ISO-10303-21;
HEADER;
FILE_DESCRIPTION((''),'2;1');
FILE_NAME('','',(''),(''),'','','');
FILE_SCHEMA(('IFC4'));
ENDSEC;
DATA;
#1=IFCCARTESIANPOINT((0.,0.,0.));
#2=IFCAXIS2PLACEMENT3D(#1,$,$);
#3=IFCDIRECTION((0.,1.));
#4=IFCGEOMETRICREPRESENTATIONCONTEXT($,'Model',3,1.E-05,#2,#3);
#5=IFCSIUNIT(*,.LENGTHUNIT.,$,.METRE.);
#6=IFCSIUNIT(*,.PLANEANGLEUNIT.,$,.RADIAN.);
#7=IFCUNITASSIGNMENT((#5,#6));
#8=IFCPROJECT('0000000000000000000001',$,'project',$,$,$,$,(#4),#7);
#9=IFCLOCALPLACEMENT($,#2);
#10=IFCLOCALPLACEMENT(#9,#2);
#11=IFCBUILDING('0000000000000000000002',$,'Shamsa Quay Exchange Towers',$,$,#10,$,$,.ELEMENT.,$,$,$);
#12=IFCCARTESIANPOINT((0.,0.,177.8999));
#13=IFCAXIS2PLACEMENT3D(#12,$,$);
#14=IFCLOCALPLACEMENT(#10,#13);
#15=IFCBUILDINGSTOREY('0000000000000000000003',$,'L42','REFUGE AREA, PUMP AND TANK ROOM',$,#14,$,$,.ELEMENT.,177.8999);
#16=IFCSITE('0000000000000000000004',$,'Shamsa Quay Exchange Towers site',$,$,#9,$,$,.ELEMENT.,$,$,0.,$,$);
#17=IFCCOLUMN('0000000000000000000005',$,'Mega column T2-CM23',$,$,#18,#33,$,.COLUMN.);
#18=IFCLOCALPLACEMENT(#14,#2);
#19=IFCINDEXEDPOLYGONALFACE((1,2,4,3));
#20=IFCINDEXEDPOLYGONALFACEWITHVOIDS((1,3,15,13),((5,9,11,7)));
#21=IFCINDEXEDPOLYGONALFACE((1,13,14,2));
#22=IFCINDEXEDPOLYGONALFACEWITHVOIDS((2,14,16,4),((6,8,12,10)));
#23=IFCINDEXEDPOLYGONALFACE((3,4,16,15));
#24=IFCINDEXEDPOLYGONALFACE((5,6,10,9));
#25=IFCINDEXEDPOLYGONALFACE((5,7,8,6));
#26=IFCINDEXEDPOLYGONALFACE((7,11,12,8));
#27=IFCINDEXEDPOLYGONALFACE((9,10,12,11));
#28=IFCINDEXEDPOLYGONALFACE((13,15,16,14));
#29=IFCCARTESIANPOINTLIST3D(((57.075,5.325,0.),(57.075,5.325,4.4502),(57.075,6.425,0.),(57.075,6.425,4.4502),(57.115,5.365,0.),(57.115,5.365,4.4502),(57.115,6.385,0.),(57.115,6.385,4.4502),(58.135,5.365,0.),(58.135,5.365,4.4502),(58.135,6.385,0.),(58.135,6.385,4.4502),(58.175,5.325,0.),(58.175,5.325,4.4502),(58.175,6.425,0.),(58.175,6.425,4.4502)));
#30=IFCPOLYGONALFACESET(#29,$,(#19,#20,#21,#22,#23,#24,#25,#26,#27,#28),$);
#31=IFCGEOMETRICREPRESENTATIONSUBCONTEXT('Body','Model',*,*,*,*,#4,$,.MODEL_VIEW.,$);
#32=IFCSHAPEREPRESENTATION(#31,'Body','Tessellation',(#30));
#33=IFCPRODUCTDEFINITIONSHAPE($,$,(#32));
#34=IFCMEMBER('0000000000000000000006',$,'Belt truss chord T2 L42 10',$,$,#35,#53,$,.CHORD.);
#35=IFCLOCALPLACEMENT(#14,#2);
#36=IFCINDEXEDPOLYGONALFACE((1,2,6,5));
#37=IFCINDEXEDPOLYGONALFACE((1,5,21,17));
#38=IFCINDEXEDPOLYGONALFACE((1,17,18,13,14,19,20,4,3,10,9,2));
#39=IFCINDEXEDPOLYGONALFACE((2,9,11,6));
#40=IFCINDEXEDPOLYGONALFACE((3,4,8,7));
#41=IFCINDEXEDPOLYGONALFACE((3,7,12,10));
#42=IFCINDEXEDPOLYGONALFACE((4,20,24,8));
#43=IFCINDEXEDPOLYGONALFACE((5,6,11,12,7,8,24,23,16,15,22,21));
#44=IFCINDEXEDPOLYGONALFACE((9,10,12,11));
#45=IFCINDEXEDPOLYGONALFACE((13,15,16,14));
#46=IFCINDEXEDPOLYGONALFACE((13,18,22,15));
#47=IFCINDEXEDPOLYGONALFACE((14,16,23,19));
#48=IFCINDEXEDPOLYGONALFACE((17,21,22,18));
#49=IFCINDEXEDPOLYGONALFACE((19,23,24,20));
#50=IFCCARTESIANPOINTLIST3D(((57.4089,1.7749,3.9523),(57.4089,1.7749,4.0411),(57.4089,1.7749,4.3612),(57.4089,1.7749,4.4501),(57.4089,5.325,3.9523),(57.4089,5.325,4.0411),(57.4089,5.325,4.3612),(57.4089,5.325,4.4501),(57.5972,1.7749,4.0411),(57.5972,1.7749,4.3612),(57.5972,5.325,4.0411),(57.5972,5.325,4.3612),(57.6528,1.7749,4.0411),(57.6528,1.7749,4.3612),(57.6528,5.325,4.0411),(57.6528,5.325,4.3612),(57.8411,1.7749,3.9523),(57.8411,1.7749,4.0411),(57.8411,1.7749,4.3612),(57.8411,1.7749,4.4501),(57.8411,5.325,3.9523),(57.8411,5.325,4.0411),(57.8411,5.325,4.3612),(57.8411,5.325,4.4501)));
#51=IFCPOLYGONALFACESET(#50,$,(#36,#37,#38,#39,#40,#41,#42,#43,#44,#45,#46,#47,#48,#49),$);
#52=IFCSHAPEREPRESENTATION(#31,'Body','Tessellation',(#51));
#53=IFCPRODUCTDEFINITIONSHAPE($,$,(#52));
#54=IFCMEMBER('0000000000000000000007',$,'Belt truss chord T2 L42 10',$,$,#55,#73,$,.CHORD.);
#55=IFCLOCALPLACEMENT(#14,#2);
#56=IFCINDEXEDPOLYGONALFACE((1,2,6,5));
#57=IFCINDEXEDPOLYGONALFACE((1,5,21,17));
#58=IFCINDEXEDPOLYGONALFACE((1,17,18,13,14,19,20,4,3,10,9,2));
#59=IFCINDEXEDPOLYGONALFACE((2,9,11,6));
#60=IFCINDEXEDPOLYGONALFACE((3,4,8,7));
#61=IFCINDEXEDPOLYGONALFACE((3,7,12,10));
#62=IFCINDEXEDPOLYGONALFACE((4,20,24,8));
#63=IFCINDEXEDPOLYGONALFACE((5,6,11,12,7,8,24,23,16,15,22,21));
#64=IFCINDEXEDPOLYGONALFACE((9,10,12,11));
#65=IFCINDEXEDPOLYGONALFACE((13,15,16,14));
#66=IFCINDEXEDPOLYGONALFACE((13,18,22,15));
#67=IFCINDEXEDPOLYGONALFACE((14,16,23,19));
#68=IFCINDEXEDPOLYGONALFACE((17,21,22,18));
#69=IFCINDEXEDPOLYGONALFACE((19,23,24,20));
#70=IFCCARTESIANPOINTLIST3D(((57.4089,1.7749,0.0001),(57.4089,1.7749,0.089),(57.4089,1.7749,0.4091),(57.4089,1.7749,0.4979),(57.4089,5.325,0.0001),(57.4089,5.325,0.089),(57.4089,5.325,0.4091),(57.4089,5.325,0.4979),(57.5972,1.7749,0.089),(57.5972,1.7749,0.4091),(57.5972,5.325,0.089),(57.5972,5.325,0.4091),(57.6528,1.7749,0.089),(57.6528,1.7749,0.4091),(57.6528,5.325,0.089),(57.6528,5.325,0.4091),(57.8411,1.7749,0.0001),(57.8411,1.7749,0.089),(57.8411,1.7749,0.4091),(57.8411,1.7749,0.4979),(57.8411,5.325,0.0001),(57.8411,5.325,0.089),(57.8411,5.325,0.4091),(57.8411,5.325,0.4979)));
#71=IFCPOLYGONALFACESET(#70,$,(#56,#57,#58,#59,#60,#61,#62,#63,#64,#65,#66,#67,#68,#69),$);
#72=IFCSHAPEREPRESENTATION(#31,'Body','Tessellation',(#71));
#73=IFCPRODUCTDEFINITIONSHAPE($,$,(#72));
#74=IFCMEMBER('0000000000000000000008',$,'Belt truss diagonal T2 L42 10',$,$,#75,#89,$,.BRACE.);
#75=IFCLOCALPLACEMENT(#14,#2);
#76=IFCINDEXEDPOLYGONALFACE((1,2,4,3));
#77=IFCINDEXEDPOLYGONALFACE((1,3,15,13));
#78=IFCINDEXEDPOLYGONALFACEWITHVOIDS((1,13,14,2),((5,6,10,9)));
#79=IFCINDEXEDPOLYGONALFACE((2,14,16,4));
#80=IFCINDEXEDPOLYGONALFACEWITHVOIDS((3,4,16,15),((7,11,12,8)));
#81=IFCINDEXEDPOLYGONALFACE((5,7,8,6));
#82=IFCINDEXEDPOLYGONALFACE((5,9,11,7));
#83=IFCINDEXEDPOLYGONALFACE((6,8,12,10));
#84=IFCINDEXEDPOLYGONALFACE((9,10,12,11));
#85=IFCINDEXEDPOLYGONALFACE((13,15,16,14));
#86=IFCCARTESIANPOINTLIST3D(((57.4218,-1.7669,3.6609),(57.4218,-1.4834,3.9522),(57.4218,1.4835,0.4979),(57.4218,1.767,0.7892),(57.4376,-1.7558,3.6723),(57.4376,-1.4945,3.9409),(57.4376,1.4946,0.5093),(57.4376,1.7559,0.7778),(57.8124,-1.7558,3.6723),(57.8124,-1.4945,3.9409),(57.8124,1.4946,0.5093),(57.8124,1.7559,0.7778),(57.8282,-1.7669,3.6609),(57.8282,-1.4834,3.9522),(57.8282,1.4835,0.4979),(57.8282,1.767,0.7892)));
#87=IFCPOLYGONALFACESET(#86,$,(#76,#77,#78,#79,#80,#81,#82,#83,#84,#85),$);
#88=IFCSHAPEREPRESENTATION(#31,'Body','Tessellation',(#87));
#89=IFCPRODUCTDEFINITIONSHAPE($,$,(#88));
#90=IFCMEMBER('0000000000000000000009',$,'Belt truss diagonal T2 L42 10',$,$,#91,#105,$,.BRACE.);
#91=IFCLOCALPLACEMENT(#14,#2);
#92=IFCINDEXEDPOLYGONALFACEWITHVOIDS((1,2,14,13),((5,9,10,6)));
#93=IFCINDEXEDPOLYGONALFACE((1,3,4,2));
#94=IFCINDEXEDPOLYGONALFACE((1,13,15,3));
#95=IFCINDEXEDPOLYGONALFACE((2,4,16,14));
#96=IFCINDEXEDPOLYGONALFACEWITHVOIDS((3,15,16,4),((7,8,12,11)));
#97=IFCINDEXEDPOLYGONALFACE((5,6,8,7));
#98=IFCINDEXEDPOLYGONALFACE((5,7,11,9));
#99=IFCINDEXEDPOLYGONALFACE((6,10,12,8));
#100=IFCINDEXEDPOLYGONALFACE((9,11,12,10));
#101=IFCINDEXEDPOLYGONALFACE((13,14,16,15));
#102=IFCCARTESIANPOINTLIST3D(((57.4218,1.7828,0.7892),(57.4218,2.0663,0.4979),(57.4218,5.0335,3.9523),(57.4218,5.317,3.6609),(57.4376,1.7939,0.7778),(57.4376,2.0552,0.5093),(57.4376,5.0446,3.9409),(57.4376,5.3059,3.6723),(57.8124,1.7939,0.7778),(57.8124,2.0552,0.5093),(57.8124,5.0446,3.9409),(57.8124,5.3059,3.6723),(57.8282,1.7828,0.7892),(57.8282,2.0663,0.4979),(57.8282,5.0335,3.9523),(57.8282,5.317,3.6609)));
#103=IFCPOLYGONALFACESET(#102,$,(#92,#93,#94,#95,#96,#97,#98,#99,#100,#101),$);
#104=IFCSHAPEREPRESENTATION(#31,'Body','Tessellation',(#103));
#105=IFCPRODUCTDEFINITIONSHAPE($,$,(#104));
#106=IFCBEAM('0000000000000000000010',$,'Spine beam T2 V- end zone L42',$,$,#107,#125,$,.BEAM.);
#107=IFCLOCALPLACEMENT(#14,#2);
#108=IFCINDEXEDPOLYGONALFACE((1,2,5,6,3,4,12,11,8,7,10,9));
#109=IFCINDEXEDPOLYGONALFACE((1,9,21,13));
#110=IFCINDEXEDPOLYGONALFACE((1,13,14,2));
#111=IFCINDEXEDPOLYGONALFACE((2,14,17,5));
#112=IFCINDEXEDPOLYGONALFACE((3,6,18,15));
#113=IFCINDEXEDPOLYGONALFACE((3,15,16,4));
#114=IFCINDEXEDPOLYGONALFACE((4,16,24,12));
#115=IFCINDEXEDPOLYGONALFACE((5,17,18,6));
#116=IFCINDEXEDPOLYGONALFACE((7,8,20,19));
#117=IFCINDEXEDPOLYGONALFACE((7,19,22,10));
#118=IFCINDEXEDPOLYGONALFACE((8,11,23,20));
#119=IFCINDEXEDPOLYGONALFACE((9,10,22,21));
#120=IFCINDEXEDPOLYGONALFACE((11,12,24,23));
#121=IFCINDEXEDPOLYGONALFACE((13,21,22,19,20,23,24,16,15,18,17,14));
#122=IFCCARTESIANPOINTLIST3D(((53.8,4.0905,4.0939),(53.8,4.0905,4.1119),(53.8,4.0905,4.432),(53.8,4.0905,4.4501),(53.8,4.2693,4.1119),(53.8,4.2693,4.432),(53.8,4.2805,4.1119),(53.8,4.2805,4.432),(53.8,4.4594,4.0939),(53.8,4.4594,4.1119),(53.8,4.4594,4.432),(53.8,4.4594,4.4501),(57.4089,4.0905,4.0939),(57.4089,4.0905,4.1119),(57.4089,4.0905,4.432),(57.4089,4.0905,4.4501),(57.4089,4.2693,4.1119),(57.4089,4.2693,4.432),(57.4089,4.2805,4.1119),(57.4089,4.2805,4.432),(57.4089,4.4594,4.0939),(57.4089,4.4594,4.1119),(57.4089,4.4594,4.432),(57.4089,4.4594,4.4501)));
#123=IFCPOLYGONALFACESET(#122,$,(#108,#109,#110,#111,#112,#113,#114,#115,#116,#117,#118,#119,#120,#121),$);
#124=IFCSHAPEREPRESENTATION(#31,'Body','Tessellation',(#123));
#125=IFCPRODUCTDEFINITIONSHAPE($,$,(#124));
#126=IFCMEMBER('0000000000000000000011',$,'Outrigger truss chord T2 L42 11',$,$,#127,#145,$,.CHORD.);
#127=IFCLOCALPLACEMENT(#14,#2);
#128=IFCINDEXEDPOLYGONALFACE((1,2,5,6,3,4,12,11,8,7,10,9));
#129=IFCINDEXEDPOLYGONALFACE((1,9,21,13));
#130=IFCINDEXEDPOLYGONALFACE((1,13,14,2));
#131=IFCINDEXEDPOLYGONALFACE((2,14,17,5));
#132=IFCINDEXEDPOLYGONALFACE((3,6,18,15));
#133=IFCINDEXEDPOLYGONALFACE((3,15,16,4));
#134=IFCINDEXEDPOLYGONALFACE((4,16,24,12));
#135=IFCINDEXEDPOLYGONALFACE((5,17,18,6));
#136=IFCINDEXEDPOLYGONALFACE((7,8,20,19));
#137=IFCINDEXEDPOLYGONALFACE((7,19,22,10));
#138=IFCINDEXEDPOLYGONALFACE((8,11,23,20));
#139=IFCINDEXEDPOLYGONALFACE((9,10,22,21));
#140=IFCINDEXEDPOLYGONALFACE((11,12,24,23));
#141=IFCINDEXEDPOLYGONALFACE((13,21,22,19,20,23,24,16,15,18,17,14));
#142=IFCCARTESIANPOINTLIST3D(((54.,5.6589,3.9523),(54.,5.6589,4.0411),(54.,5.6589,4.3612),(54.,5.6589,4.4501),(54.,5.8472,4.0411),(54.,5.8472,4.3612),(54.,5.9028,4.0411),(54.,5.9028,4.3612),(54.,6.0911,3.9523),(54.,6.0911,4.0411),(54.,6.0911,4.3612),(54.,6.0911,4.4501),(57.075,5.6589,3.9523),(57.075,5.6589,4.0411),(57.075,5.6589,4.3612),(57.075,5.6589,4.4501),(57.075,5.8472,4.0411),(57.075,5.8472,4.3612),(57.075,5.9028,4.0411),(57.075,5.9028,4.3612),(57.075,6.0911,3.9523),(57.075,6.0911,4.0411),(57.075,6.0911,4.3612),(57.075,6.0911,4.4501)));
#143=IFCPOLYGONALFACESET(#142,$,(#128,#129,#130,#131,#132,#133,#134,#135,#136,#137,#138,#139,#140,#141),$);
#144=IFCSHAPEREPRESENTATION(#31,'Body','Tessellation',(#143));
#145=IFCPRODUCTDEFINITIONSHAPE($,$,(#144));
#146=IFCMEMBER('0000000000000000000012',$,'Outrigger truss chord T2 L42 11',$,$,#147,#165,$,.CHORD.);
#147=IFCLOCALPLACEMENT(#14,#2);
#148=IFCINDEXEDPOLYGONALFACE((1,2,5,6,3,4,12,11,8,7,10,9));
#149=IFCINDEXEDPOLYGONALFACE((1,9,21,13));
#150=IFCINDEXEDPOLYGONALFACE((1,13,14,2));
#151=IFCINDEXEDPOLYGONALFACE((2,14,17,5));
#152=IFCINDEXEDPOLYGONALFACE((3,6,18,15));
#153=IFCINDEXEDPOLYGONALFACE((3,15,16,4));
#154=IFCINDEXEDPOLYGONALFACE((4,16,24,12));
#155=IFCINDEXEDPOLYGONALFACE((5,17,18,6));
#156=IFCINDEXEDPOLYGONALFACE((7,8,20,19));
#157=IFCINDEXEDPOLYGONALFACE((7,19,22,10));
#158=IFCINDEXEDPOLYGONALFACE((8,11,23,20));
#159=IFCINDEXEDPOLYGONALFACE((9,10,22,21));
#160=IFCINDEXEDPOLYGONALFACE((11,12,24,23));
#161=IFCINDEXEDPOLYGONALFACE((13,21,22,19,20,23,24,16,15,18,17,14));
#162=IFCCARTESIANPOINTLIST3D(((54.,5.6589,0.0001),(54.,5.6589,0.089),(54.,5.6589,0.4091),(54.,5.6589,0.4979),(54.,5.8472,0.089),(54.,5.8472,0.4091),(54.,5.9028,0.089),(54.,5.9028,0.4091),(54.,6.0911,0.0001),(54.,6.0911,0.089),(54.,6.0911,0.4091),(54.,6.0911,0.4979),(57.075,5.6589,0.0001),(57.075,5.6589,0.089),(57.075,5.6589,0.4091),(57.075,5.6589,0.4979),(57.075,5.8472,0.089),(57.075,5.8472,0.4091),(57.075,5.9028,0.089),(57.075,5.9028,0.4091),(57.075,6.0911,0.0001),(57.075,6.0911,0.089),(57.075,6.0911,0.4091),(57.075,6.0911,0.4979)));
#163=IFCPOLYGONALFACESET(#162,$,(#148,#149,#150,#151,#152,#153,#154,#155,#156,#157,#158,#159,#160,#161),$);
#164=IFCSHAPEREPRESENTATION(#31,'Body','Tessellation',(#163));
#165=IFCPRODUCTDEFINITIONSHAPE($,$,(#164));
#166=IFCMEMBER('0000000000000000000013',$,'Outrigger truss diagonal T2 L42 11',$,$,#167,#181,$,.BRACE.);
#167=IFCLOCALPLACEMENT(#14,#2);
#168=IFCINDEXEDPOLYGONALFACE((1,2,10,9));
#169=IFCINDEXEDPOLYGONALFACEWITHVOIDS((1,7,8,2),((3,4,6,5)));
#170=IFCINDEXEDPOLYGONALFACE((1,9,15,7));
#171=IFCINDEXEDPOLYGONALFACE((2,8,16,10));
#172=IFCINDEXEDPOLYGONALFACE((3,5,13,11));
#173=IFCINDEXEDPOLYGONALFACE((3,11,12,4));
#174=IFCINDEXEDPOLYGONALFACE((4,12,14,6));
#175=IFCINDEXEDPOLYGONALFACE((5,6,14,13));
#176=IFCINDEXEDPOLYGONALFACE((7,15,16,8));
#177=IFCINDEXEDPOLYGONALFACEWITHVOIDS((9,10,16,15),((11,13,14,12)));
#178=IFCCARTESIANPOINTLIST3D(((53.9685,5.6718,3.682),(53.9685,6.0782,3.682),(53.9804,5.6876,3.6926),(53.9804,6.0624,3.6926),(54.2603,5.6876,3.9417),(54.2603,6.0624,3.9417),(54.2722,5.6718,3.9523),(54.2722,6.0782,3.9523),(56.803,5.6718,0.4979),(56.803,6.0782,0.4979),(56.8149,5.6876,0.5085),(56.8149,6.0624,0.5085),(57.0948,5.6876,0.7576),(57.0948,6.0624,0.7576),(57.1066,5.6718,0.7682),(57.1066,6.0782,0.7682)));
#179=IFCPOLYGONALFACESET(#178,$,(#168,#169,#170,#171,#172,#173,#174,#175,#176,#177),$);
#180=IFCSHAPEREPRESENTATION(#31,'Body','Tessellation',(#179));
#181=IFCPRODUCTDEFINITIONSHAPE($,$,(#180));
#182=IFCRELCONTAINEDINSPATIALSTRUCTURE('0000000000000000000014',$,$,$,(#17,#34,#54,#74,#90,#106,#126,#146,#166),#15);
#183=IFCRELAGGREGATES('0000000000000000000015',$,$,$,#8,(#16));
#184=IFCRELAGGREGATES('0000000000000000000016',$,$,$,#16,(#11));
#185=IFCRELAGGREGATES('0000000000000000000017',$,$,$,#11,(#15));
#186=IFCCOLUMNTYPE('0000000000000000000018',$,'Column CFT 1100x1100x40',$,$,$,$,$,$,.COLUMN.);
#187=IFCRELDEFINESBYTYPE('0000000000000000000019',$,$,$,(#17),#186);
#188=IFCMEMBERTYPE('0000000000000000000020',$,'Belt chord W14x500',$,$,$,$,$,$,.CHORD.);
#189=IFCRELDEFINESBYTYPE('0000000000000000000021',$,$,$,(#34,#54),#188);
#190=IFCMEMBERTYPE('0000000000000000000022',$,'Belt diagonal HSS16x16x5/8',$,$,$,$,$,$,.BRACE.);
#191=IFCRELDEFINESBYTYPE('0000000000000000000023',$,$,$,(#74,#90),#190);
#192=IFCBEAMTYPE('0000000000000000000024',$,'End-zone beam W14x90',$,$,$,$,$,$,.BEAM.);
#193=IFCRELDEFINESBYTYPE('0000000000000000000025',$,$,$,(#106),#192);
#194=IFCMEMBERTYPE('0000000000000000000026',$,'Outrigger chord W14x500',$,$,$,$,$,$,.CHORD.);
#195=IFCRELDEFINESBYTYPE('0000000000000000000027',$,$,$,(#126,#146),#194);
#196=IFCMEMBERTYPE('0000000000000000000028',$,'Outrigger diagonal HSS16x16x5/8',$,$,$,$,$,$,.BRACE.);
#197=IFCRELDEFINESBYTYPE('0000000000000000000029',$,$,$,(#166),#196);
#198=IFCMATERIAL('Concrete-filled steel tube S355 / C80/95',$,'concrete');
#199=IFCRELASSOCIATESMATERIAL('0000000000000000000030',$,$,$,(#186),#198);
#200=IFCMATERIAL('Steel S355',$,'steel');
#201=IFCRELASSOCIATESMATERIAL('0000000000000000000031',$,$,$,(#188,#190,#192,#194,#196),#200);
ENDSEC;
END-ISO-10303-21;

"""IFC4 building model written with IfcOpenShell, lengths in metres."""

from ifc_helpers import new_model, si_unit, direction, frame, origin, origin_2d, place, context, subcontext, project, spatial, hollow_rectangle, i_section, extrude, material, material_profile, profile_set, type_object, element, save


model = new_model("IFC4")

# Units and contexts
model_context = context("Model", 3, precision=1e-05, world=origin(), true_north=direction((0.0, 1.0)))
body_context = subcontext(model_context, "Body", "Model", "MODEL_VIEW")
ifc_project = project(units=[si_unit("LENGTHUNIT", "METRE"), si_unit("PLANEANGLEUNIT", "RADIAN")], contexts=[model_context])

# Site, building, storey
site_placement = place(None, origin())
site = spatial("IfcSite", under=ifc_project, at=site_placement, Name="Shamsa Quay Exchange Towers site", CompositionType="ELEMENT", RefElevation=0.0)
building_placement = place(site_placement, origin())
building = spatial("IfcBuilding", under=site, at=building_placement, Name="Shamsa Quay Exchange Towers", CompositionType="ELEMENT")
storey_placement = place(building_placement, frame((0.0, 0.0, 177.8999)))
storey = spatial("IfcBuildingStorey", under=building, at=storey_placement, Name="L42", Description="REFUGE AREA, PUMP AND TANK ROOM", CompositionType="ELEMENT", Elevation=177.8999)

# Column
ifc_material_1 = material(Name="Concrete-filled steel tube S355 / C80/95", Category="concrete")
ifc_material_profile_1 = material_profile(ifc_material_1, hollow_rectangle(XDim=1.1001, YDim=1.1001, WallThickness=0.04, at=origin_2d()), Name="CFT 1100x1100x40")
ifc_profile_set_1 = profile_set([ifc_material_profile_1], Name="Concrete-filled steel tube S355 / C80/95")
column_type = type_object("IfcColumnType", Name="Column CFT 1100x1100x40", PredefinedType="COLUMN", material=ifc_profile_set_1)
column_placement = place(storey_placement, frame((57.625, 5.875, 0.0)))
element("IfcColumn", 1, at=column_placement, inside=storey, type_object=column_type, Name="Mega column T2-CM23", PredefinedType="COLUMN", context=body_context, shape_type="SweptSolid", body=[
    extrude(hollow_rectangle(XDim=1.1001, YDim=1.1001, WallThickness=0.04, at=origin_2d()), origin(), (0.0, 0.0, 1.0), 4.4502),
])

# Members
ifc_material_2 = material(Name="Steel S355", Category="steel")
ifc_material_profile_2 = material_profile(ifc_material_2, i_section(OverallWidth=0.4321, OverallDepth=0.4978, WebThickness=0.0557, FlangeThickness=0.0889, at=origin_2d()), Name="W14x500")
ifc_profile_set_2 = profile_set([ifc_material_profile_2], Name="Steel S355")
member_type_1 = type_object("IfcMemberType", Name="Belt chord W14x500", PredefinedType="CHORD", material=ifc_profile_set_2)
for number, where, z_axis, x_axis, name in (
    (2, (57.625, 1.7749, 4.2012), (0.0, 1.0, 0.0), (-1.0, 0.0, 0.0), "Belt truss chord T2 L42 10"),
    (3, (57.625, 1.7749, 0.249), (0.0, 1.0, 0.0), (-1.0, 0.0, 0.0), "Belt truss chord T2 L42 10"),
):
    element("IfcMember", number, at=place(storey_placement, frame(where, z_axis=z_axis, x_axis=x_axis)), inside=storey, type_object=member_type_1, Name=name, PredefinedType="CHORD", context=body_context, shape_type="SweptSolid", body=[
        extrude(i_section(OverallWidth=0.4321, OverallDepth=0.4978, WebThickness=0.0557, FlangeThickness=0.0889, at=origin_2d()), origin(), (0.0, 0.0, 1.0), 3.55),
    ])
ifc_material_profile_3 = material_profile(ifc_material_2, hollow_rectangle(XDim=0.4065, YDim=0.4065, WallThickness=0.0159, at=origin_2d()), Name="HSS16x16x5/8")
ifc_profile_set_3 = profile_set([ifc_material_profile_3], Name="Steel S355")
member_type_2 = type_object("IfcMemberType", Name="Belt diagonal HSS16x16x5/8", PredefinedType="BRACE", material=ifc_profile_set_3)
member_1_placement = place(storey_placement, frame((57.625, 1.6252, 0.6436), z_axis=(0.0, -0.716676, 0.697406), x_axis=(1.0, 0.0, 0.0)))
element("IfcMember", 4, at=member_1_placement, inside=storey, type_object=member_type_2, Name="Belt truss diagonal T2 L42 10", PredefinedType="BRACE", context=body_context, shape_type="SweptSolid", body=[
    extrude(hollow_rectangle(XDim=0.4065, YDim=0.4065, WallThickness=0.0159, at=origin_2d()), origin(), (0.0, 0.0, 1.0), 4.5354),
])
member_2_placement = place(storey_placement, frame((57.625, 1.9246, 0.6436), z_axis=(0.0, 0.716703, 0.697379), x_axis=(-1.0, 0.0, 0.0)))
element("IfcMember", 5, at=member_2_placement, inside=storey, type_object=member_type_2, Name="Belt truss diagonal T2 L42 10", PredefinedType="BRACE", context=body_context, shape_type="SweptSolid", body=[
    extrude(hollow_rectangle(XDim=0.4065, YDim=0.4065, WallThickness=0.0159, at=origin_2d()), origin(), (0.0, 0.0, 1.0), 4.5356),
])

# Beam
ifc_material_profile_4 = material_profile(ifc_material_2, i_section(OverallWidth=0.3689, OverallDepth=0.3562, WebThickness=0.0112, FlangeThickness=0.0181, at=origin_2d()), Name="W14x90")
ifc_profile_set_4 = profile_set([ifc_material_profile_4], Name="Steel S355")
beam_type = type_object("IfcBeamType", Name="End-zone beam W14x90", PredefinedType="BEAM", material=ifc_profile_set_4)
beam_placement = place(storey_placement, frame((53.8, 4.2749, 4.272), z_axis=(1.0, 0.0, 0.0), x_axis=(0.0, 1.0, 0.0)))
element("IfcBeam", 6, at=beam_placement, inside=storey, type_object=beam_type, Name="Spine beam T2 V- end zone L42", PredefinedType="BEAM", context=body_context, shape_type="SweptSolid", body=[
    extrude(i_section(OverallWidth=0.3689, OverallDepth=0.3562, WebThickness=0.0112, FlangeThickness=0.0181, at=origin_2d()), origin(), (0.0, 0.0, 1.0), 3.6089),
])

# Members
ifc_material_profile_5 = material_profile(ifc_material_2, i_section(OverallWidth=0.4321, OverallDepth=0.4978, WebThickness=0.0557, FlangeThickness=0.0889, at=origin_2d()), Name="W14x500")
ifc_profile_set_5 = profile_set([ifc_material_profile_5], Name="Steel S355")
member_type_3 = type_object("IfcMemberType", Name="Outrigger chord W14x500", PredefinedType="CHORD", material=ifc_profile_set_5)
for number, where, z_axis, x_axis, name in (
    (7, (57.075, 5.875, 4.2012), (-1.0, 0.0, 0.0), (0.0, -1.0, 0.0), "Outrigger truss chord T2 L42 11"),
    (8, (57.075, 5.875, 0.249), (-1.0, 0.0, 0.0), (0.0, -1.0, 0.0), "Outrigger truss chord T2 L42 11"),
):
    element("IfcMember", number, at=place(storey_placement, frame(where, z_axis=z_axis, x_axis=x_axis)), inside=storey, type_object=member_type_3, Name=name, PredefinedType="CHORD", context=body_context, shape_type="SweptSolid", body=[
        extrude(i_section(OverallWidth=0.4321, OverallDepth=0.4978, WebThickness=0.0557, FlangeThickness=0.0889, at=origin_2d()), origin(), (0.0, 0.0, 1.0), 3.075),
    ])
ifc_material_profile_6 = material_profile(ifc_material_2, hollow_rectangle(XDim=0.4065, YDim=0.4065, WallThickness=0.0159, at=origin_2d()), Name="HSS16x16x5/8")
ifc_profile_set_6 = profile_set([ifc_material_profile_6], Name="Steel S355")
member_type_4 = type_object("IfcMemberType", Name="Outrigger diagonal HSS16x16x5/8", PredefinedType="BRACE", material=ifc_profile_set_6)
member_3_placement = place(storey_placement, frame((56.9548, 5.875, 0.6331), z_axis=(-0.664911, 0.0, 0.746923), x_axis=(0.0, -1.0, 0.0)))
element("IfcMember", 9, at=member_3_placement, inside=storey, type_object=member_type_4, Name="Outrigger truss diagonal T2 L42 11", PredefinedType="BRACE", context=body_context, shape_type="SweptSolid", body=[
    extrude(hollow_rectangle(XDim=0.4065, YDim=0.4065, WallThickness=0.0159, at=origin_2d()), origin(), (0.0, 0.0, 1.0), 4.2629),
])

save(model, "model.ifc")
